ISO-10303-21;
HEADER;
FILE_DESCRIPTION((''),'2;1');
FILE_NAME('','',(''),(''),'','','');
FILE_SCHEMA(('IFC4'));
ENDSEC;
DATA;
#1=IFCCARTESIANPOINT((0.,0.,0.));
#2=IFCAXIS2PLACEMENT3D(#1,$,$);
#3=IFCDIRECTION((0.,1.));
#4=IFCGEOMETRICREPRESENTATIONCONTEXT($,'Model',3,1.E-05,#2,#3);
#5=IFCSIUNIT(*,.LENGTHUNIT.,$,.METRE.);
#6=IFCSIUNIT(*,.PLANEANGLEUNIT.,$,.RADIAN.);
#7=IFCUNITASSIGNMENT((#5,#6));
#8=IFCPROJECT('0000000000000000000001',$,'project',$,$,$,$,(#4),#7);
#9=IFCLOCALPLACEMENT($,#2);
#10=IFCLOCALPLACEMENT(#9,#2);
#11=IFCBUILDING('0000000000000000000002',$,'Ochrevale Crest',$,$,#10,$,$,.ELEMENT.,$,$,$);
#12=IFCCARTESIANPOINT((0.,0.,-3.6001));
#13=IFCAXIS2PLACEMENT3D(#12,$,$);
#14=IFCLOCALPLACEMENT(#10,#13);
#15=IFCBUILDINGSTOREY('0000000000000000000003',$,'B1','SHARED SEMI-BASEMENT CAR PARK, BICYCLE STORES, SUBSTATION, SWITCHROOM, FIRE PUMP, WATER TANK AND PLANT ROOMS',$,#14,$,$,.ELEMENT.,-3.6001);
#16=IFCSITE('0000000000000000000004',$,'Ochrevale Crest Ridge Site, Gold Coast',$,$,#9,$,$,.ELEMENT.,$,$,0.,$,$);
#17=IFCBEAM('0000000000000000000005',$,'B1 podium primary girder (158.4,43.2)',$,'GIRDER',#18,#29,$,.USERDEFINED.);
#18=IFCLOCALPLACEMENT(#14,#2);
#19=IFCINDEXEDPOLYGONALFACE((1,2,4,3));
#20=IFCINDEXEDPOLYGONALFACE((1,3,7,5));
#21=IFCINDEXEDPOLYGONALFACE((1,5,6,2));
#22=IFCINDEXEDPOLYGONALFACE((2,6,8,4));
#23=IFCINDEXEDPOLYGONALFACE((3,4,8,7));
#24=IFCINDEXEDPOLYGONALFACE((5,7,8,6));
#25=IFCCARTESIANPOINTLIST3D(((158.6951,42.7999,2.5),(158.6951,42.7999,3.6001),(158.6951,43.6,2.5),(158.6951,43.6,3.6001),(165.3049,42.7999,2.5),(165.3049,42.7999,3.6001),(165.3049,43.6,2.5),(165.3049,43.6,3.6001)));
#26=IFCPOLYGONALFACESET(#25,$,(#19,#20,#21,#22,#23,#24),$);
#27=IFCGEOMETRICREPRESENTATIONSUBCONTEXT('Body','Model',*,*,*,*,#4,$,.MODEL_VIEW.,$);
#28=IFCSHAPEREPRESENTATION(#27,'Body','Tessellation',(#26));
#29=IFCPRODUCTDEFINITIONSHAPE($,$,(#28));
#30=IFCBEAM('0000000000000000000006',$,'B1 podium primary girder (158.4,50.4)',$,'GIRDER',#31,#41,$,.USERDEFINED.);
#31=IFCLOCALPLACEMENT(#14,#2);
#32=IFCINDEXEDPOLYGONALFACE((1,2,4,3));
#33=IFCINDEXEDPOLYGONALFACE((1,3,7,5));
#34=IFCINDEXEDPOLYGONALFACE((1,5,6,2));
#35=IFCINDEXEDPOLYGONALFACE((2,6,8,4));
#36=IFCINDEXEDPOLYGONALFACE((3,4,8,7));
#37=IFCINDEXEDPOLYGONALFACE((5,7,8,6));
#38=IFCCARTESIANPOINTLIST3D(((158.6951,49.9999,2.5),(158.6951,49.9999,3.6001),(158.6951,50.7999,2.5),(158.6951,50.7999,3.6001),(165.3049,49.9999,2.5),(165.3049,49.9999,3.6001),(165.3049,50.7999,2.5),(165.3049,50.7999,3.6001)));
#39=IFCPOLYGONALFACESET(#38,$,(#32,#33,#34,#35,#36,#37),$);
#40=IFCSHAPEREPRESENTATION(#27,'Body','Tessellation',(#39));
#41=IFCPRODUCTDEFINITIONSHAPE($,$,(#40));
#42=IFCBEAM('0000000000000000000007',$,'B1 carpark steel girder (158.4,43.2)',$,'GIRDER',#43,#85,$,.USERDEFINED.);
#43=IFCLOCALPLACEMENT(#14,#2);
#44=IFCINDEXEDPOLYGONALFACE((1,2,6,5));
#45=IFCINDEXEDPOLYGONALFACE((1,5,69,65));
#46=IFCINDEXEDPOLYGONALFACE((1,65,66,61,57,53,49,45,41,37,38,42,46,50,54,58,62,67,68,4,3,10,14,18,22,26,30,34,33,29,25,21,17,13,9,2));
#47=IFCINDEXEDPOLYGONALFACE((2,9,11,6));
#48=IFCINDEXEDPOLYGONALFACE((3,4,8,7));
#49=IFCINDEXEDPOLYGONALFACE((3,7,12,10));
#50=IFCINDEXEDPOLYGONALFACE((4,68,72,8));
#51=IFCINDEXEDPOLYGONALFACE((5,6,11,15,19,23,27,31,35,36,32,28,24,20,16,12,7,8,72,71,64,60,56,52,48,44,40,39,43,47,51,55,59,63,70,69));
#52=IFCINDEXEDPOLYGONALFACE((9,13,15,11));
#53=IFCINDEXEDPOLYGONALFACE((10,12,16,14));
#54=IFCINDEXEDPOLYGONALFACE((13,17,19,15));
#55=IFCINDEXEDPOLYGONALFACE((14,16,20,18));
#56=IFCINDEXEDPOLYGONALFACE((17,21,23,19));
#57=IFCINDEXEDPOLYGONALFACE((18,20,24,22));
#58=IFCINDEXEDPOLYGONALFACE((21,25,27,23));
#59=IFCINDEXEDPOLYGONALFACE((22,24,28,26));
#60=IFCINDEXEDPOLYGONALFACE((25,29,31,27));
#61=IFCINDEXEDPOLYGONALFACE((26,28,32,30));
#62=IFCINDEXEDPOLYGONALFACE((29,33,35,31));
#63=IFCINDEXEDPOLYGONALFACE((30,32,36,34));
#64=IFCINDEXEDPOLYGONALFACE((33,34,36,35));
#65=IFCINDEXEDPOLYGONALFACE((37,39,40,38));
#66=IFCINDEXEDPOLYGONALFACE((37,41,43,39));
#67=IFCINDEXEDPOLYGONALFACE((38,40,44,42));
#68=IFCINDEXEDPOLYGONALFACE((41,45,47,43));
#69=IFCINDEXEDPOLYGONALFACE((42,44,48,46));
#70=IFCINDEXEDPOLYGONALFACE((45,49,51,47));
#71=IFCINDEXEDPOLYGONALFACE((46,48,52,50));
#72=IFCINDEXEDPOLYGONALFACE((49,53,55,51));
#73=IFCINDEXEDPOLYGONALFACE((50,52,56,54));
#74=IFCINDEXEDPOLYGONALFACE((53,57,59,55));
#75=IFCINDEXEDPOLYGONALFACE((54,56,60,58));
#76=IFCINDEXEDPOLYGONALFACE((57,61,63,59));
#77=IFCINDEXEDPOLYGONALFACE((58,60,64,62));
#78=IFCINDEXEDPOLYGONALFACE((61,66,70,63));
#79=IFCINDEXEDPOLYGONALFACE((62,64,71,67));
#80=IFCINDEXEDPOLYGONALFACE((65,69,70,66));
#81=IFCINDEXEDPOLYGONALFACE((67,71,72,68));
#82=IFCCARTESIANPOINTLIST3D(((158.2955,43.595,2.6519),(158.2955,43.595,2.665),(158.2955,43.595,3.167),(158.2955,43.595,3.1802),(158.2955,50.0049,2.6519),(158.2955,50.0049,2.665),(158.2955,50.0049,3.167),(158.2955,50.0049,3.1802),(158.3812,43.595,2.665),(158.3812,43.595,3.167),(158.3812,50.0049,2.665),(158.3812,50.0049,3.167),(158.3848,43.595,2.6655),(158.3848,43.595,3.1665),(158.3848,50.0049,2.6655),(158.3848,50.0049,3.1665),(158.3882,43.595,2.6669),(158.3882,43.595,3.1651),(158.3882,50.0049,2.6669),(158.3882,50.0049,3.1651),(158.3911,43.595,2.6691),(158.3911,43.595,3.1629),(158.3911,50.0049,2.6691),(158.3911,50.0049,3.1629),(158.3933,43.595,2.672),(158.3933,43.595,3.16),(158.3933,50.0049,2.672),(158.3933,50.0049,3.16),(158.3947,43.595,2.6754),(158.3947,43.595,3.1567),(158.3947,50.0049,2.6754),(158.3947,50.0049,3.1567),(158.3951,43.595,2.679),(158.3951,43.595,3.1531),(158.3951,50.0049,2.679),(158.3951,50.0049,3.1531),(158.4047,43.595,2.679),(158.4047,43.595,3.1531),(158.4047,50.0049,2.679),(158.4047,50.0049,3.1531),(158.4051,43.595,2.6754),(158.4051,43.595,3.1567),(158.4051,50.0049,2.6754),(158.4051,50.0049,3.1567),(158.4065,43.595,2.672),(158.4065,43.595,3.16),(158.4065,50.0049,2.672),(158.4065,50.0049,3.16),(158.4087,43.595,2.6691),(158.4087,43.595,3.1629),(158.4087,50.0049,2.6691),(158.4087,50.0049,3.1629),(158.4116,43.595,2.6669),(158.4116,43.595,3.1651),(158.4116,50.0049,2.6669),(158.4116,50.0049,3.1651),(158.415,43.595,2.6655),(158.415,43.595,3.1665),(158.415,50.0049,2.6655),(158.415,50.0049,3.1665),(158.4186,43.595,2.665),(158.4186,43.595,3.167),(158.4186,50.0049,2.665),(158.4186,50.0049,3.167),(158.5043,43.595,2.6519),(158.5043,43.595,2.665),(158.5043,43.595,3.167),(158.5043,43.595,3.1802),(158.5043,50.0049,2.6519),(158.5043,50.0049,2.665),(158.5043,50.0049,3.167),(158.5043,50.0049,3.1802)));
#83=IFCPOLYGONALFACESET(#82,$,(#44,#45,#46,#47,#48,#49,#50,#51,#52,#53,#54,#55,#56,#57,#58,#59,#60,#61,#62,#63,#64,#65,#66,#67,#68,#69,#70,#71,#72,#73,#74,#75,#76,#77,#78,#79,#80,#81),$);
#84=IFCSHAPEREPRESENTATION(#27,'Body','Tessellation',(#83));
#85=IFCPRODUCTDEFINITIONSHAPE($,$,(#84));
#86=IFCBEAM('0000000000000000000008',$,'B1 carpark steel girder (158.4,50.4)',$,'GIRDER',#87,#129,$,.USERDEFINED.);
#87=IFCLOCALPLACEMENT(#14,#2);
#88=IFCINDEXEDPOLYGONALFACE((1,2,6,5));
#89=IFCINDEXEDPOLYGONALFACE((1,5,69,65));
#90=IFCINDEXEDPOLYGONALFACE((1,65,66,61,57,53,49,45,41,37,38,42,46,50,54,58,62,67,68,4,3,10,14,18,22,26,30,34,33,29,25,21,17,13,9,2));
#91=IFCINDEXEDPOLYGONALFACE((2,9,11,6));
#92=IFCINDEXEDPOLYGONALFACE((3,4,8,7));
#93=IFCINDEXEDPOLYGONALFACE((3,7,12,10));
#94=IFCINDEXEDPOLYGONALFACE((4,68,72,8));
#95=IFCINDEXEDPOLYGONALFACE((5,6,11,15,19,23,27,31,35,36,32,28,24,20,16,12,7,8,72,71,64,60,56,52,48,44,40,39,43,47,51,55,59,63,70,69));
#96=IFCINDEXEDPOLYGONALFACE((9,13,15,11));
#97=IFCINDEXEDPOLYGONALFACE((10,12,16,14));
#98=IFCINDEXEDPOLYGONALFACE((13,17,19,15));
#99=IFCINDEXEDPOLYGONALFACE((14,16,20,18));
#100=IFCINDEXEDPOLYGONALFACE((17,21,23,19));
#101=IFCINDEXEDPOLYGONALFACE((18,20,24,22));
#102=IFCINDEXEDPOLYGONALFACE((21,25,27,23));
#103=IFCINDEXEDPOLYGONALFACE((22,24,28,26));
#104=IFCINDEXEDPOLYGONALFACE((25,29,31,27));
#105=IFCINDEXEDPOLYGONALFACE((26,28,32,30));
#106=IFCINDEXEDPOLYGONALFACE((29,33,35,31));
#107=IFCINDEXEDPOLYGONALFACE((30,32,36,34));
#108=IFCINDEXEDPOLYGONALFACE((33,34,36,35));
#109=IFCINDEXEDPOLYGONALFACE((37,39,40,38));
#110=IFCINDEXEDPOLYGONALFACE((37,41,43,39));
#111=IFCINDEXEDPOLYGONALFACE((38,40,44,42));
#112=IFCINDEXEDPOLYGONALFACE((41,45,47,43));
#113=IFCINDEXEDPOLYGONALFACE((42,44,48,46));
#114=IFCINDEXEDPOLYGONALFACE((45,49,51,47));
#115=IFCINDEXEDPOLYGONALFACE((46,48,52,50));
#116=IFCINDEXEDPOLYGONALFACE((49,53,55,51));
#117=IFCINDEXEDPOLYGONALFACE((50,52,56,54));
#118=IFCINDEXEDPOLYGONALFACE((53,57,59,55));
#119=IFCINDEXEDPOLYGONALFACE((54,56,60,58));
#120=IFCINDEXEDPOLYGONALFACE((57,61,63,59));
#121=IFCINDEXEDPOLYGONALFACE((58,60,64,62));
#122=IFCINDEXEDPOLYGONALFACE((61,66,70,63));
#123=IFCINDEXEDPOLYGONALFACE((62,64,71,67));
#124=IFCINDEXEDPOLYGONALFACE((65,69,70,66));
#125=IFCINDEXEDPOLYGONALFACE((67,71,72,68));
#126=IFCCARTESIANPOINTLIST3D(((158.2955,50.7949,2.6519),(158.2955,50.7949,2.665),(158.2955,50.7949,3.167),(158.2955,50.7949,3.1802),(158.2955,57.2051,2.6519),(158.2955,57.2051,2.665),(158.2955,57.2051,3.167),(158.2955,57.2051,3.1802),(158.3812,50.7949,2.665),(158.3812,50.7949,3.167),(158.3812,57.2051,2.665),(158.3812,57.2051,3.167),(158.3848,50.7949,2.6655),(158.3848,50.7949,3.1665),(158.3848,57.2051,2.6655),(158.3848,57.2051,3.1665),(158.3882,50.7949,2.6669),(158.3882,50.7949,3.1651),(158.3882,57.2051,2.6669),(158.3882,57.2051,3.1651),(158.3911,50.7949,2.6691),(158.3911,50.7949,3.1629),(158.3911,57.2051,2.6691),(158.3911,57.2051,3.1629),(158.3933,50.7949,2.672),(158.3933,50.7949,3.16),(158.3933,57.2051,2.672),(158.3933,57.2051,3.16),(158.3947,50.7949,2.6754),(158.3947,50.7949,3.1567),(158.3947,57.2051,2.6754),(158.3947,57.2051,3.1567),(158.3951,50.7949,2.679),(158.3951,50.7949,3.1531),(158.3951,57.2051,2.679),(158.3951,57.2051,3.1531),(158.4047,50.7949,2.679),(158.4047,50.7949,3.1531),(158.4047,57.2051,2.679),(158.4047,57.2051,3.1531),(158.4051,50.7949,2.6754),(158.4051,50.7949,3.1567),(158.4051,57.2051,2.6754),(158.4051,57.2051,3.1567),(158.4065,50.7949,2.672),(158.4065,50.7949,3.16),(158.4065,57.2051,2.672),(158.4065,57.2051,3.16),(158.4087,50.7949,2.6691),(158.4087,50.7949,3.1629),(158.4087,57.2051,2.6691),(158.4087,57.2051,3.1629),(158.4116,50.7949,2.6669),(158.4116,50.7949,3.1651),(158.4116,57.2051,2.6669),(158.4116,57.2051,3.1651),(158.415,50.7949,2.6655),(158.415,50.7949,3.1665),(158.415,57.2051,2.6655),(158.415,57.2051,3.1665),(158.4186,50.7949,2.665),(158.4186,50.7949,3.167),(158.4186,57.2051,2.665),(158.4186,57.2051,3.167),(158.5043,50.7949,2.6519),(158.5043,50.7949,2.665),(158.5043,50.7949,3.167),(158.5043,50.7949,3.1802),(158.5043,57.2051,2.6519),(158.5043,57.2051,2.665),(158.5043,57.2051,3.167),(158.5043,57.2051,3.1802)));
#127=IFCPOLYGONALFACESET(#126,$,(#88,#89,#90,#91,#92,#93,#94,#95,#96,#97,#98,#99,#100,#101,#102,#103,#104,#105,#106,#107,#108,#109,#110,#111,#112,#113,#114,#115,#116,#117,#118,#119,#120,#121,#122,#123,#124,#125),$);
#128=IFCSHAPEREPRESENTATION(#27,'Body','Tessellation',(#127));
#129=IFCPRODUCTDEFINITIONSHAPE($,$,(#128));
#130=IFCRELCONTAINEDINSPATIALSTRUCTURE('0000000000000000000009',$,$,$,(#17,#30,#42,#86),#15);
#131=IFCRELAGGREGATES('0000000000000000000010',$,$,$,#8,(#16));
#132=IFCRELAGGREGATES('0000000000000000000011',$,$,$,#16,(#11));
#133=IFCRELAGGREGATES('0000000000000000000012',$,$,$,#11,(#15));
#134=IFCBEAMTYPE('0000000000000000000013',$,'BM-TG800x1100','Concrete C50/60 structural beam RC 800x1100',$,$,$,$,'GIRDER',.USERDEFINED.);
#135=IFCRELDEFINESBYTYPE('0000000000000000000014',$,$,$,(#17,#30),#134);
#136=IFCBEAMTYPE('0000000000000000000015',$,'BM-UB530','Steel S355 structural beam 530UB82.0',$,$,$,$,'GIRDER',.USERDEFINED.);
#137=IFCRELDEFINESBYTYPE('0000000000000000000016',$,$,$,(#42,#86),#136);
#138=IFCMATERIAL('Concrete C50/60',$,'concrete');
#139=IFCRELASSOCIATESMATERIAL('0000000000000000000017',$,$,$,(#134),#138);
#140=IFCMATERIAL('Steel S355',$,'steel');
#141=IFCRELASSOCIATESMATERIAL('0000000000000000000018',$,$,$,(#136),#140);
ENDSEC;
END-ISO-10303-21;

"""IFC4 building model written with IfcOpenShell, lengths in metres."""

from ifc_helpers import new_model, si_unit, direction, frame, origin, origin_2d, place, context, subcontext, project, spatial, rectangle, i_section, extrude, material, material_profile, profile_set, type_object, element, save


model = new_model("IFC4")

# Units and contexts
model_context = context("Model", 3, precision=1e-05, world=origin(), true_north=direction((0.0, 1.0)))
body_context = subcontext(model_context, "Body", "Model", "MODEL_VIEW")
ifc_project = project(units=[si_unit("LENGTHUNIT", "METRE"), si_unit("PLANEANGLEUNIT", "RADIAN")], contexts=[model_context])

# Site, building, storey
site_placement = place(None, origin())
site = spatial("IfcSite", under=ifc_project, at=site_placement, Name="Ochrevale Crest Ridge Site, Gold Coast", CompositionType="ELEMENT", RefElevation=0.0)
building_placement = place(site_placement, origin())
building = spatial("IfcBuilding", under=site, at=building_placement, Name="Ochrevale Crest", CompositionType="ELEMENT")
storey_placement = place(building_placement, frame((0.0, 0.0, -3.6001)))
storey = spatial("IfcBuildingStorey", under=building, at=storey_placement, Name="B1", Description="SHARED SEMI-BASEMENT CAR PARK, BICYCLE STORES, SUBSTATION, SWITCHROOM, FIRE PUMP, WATER TANK AND PLANT ROOMS", CompositionType="ELEMENT", Elevation=-3.6001)

# Shared definitions
ifc_material_1 = material(Name="Concrete C50/60", Category="concrete")

# Beams
ifc_material_profile_1 = material_profile(ifc_material_1, rectangle(XDim=0.8, YDim=1.1001, at=origin_2d()), Name="RC 800x1100")
ifc_profile_set_1 = profile_set([ifc_material_profile_1], Name="Concrete C50/60")
beam_type_1 = type_object("IfcBeamType", Name="BM-TG800x1100", Description="Concrete C50/60 structural beam RC 800x1100", ElementType="GIRDER", PredefinedType="USERDEFINED", material=ifc_profile_set_1)
for number, where, z_axis, x_axis, name in (
    (1, (158.6951, 43.2, 3.05), (1.0, 0.0, 0.0), (0.0, 1.0, 0.0), "B1 podium primary girder (158.4,43.2)"),
    (2, (158.6951, 50.3999, 3.05), (1.0, 0.0, 0.0), (0.0, 1.0, 0.0), "B1 podium primary girder (158.4,50.4)"),
):
    element("IfcBeam", number, at=place(storey_placement, frame(where, z_axis=z_axis, x_axis=x_axis)), inside=storey, type_object=beam_type_1, Name=name, ObjectType="GIRDER", PredefinedType="USERDEFINED", context=body_context, shape_type="SweptSolid", body=[
        extrude(rectangle(XDim=0.8, YDim=1.1001, at=origin_2d()), origin(), (0.0, 0.0, 1.0), 6.6099),
    ])
ifc_material_2 = material(Name="Steel S355", Category="steel")
ifc_material_profile_2 = material_profile(ifc_material_2, i_section(OverallWidth=0.2087, OverallDepth=0.5283, WebThickness=0.0095, FlangeThickness=0.0132, FilletRadius=0.0139, at=origin_2d()), Name="530UB82.0")
ifc_profile_set_2 = profile_set([ifc_material_profile_2], Name="Steel S355")
beam_type_2 = type_object("IfcBeamType", Name="BM-UB530", Description="Steel S355 structural beam 530UB82.0", ElementType="GIRDER", PredefinedType="USERDEFINED", material=ifc_profile_set_2)
beam_1_placement = place(storey_placement, frame((158.3999, 43.595, 2.916), z_axis=(0.0, 1.0, 0.0), x_axis=(-1.0, 0.0, 0.0)))
element("IfcBeam", 3, at=beam_1_placement, inside=storey, type_object=beam_type_2, Name="B1 carpark steel girder (158.4,43.2)", ObjectType="GIRDER", PredefinedType="USERDEFINED", context=body_context, shape_type="SweptSolid", body=[
    extrude(i_section(OverallWidth=0.2087, OverallDepth=0.5283, WebThickness=0.0095, FlangeThickness=0.0132, FilletRadius=0.0139, at=origin_2d()), origin(), (0.0, 0.0, 1.0), 6.4099),
])
beam_2_placement = place(storey_placement, frame((158.3999, 50.7949, 2.916), z_axis=(0.0, 1.0, 0.0), x_axis=(-1.0, 0.0, 0.0)))
element("IfcBeam", 4, at=beam_2_placement, inside=storey, type_object=beam_type_2, Name="B1 carpark steel girder (158.4,50.4)", ObjectType="GIRDER", PredefinedType="USERDEFINED", context=body_context, shape_type="SweptSolid", body=[
    extrude(i_section(OverallWidth=0.2087, OverallDepth=0.5283, WebThickness=0.0095, FlangeThickness=0.0132, FilletRadius=0.0139, at=origin_2d()), origin(), (0.0, 0.0, 1.0), 6.4102),
])

save(model, "model.ifc")
